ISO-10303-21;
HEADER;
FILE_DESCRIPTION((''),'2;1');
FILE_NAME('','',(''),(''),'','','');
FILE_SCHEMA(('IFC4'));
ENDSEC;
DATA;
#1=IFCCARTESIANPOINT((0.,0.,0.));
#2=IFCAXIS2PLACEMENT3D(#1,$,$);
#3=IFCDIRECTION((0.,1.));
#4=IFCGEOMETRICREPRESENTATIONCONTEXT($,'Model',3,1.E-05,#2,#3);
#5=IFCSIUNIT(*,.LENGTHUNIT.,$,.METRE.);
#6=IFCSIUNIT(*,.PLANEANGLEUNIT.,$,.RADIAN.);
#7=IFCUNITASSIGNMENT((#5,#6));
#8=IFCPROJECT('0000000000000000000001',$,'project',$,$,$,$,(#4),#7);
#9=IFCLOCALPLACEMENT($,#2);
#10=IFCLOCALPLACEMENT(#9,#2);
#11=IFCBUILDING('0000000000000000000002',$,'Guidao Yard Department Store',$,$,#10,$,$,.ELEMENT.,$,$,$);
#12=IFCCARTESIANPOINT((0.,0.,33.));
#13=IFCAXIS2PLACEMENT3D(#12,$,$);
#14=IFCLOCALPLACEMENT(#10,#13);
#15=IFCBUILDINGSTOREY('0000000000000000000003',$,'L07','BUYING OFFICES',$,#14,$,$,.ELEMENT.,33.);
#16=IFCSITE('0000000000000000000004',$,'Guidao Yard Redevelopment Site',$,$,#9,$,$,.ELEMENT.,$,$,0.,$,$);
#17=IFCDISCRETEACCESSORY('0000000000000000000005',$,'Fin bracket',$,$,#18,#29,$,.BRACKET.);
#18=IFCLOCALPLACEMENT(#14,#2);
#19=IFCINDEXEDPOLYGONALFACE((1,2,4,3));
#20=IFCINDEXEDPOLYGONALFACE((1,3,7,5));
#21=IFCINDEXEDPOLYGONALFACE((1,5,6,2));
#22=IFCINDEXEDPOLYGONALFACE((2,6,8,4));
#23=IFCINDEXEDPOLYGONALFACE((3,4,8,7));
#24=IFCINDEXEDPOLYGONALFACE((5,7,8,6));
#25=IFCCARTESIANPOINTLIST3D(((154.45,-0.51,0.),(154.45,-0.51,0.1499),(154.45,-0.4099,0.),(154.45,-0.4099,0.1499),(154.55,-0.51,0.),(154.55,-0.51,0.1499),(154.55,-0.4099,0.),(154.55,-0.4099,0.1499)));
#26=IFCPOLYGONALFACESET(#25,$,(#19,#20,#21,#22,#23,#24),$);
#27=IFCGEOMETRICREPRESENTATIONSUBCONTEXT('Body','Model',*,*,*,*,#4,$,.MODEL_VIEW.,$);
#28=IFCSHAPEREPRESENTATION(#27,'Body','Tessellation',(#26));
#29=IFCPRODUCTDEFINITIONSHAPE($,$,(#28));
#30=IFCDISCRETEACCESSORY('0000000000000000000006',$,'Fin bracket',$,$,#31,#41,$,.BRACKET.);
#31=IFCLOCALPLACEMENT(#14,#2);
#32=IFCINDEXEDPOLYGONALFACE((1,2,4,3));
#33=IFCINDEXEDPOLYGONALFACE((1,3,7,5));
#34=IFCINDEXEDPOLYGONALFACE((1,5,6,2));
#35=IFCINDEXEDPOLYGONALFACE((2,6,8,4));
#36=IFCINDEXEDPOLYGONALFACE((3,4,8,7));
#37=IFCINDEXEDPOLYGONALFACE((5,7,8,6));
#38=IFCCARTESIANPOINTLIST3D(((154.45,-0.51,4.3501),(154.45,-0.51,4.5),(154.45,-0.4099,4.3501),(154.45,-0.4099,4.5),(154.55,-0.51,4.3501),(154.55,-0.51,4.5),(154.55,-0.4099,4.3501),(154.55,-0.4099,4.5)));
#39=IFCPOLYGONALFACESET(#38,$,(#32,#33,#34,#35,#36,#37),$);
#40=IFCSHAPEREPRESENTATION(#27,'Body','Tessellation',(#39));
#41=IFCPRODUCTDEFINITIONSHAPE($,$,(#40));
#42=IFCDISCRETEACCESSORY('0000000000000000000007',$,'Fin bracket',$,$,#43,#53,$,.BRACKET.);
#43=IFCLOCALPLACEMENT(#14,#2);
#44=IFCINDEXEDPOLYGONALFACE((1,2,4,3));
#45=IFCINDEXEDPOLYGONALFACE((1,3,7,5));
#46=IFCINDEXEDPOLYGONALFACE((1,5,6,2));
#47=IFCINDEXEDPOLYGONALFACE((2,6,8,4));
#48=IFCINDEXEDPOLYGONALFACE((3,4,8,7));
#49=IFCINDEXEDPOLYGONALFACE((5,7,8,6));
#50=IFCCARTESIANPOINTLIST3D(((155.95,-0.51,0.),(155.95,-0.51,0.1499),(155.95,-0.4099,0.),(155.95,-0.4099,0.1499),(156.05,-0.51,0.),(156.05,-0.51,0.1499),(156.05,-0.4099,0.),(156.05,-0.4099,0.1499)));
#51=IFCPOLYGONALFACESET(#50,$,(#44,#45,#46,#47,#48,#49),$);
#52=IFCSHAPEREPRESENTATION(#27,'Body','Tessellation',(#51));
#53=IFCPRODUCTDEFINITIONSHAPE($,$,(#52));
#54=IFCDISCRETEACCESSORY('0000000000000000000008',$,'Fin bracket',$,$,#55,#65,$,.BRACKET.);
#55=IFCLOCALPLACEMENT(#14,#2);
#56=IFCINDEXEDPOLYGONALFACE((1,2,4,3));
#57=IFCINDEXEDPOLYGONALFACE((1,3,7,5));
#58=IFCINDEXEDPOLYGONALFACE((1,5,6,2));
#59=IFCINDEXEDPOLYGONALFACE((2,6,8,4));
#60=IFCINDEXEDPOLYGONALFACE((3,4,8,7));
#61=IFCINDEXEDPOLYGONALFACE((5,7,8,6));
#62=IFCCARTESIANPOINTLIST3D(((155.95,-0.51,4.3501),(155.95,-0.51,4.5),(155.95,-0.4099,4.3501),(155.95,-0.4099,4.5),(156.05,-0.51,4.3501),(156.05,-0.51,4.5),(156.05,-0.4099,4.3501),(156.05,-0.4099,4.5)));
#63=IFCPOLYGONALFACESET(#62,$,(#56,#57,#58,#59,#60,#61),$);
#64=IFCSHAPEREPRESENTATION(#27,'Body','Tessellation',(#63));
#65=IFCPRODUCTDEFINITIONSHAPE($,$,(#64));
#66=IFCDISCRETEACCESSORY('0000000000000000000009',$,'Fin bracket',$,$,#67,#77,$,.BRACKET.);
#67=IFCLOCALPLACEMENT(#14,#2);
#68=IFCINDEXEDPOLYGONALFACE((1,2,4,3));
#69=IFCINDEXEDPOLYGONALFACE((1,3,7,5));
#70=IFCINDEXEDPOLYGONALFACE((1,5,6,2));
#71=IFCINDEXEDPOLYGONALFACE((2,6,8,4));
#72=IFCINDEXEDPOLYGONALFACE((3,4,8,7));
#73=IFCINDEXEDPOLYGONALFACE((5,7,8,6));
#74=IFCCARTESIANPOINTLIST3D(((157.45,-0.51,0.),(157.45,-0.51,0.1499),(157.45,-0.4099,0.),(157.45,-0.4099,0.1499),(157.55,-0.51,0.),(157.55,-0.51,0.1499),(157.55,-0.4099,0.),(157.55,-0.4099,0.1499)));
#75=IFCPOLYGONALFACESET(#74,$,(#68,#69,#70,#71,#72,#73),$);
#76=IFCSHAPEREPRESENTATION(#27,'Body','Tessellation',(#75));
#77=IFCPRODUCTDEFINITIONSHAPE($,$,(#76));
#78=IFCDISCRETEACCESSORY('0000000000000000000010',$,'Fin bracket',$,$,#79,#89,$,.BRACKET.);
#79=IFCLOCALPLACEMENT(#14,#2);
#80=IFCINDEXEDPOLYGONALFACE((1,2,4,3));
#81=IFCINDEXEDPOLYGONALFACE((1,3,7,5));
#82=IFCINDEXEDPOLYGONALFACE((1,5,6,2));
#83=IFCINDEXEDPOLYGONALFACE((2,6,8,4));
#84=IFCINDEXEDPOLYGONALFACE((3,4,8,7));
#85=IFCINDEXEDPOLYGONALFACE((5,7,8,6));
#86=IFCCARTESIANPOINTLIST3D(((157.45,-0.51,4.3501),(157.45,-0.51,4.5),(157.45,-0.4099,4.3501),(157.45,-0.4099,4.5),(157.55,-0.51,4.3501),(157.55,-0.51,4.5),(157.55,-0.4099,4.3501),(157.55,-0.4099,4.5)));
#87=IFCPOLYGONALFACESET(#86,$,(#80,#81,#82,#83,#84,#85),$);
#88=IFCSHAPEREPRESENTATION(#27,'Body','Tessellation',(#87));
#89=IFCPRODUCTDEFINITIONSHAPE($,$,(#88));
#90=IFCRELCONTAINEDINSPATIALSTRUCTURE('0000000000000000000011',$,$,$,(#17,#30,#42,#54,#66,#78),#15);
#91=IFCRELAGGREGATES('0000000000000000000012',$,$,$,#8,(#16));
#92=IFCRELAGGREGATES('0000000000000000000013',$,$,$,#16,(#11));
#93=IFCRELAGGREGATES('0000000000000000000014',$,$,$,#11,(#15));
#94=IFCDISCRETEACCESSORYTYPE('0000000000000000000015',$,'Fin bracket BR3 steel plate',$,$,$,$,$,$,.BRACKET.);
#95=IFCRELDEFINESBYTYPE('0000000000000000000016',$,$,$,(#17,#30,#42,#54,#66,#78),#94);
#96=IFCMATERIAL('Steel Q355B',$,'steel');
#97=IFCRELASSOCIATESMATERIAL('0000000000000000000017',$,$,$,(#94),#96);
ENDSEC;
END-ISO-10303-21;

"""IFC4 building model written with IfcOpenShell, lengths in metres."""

from ifc_helpers import new_model, si_unit, direction, frame, origin, origin_2d, place, context, subcontext, project, spatial, rectangle, extrude, material, type_object, element, save


model = new_model("IFC4")

# Units and contexts
model_context = context("Model", 3, precision=1e-05, world=origin(), true_north=direction((0.0, 1.0)))
body_context = subcontext(model_context, "Body", "Model", "MODEL_VIEW")
ifc_project = project(units=[si_unit("LENGTHUNIT", "METRE"), si_unit("PLANEANGLEUNIT", "RADIAN")], contexts=[model_context])

# Site, building, storey
site_placement = place(None, origin())
site = spatial("IfcSite", under=ifc_project, at=site_placement, Name="Guidao Yard Redevelopment Site", CompositionType="ELEMENT", RefElevation=0.0)
building_placement = place(site_placement, origin())
building = spatial("IfcBuilding", under=site, at=building_placement, Name="Guidao Yard Department Store", CompositionType="ELEMENT")
storey_placement = place(building_placement, frame((0.0, 0.0, 33.0)))
storey = spatial("IfcBuildingStorey", under=building, at=storey_placement, Name="L07", Description="BUYING OFFICES", CompositionType="ELEMENT", Elevation=33.0)

# Discrete accessories
ifc_material_1 = material(Name="Steel Q355B", Category="steel")
discrete_accessory_type = type_object("IfcDiscreteAccessoryType", Name="Fin bracket BR3 steel plate", PredefinedType="BRACKET", material=ifc_material_1)
for number, where, z_axis, x_axis, name in (
    (1, (154.5, -0.46, 0.0), (0.0, 0.0, 1.0), (-1.0, 0.0, 0.0), "Fin bracket"),
    (2, (154.5, -0.46, 4.3501), (0.0, 0.0, 1.0), (-1.0, 0.0, 0.0), "Fin bracket"),
    (3, (156.0, -0.46, 0.0), (0.0, 0.0, 1.0), (-1.0, 0.0, 0.0), "Fin bracket"),
    (4, (156.0, -0.46, 4.3501), (0.0, 0.0, 1.0), (-1.0, 0.0, 0.0), "Fin bracket"),
    (5, (157.5, -0.46, 0.0), (0.0, 0.0, 1.0), (-1.0, 0.0, 0.0), "Fin bracket"),
    (6, (157.5, -0.46, 4.3501), (0.0, 0.0, 1.0), (-1.0, 0.0, 0.0), "Fin bracket"),
):
    element("IfcDiscreteAccessory", number, at=place(storey_placement, frame(where, z_axis=z_axis, x_axis=x_axis)), inside=storey, type_object=discrete_accessory_type, Name=name, PredefinedType="BRACKET", context=body_context, shape_type="SweptSolid", body=[
        extrude(rectangle(XDim=0.1001, YDim=0.1001, at=origin_2d()), origin(), (0.0, 0.0, 1.0), 0.1499),
    ])

save(model, "model.ifc")
